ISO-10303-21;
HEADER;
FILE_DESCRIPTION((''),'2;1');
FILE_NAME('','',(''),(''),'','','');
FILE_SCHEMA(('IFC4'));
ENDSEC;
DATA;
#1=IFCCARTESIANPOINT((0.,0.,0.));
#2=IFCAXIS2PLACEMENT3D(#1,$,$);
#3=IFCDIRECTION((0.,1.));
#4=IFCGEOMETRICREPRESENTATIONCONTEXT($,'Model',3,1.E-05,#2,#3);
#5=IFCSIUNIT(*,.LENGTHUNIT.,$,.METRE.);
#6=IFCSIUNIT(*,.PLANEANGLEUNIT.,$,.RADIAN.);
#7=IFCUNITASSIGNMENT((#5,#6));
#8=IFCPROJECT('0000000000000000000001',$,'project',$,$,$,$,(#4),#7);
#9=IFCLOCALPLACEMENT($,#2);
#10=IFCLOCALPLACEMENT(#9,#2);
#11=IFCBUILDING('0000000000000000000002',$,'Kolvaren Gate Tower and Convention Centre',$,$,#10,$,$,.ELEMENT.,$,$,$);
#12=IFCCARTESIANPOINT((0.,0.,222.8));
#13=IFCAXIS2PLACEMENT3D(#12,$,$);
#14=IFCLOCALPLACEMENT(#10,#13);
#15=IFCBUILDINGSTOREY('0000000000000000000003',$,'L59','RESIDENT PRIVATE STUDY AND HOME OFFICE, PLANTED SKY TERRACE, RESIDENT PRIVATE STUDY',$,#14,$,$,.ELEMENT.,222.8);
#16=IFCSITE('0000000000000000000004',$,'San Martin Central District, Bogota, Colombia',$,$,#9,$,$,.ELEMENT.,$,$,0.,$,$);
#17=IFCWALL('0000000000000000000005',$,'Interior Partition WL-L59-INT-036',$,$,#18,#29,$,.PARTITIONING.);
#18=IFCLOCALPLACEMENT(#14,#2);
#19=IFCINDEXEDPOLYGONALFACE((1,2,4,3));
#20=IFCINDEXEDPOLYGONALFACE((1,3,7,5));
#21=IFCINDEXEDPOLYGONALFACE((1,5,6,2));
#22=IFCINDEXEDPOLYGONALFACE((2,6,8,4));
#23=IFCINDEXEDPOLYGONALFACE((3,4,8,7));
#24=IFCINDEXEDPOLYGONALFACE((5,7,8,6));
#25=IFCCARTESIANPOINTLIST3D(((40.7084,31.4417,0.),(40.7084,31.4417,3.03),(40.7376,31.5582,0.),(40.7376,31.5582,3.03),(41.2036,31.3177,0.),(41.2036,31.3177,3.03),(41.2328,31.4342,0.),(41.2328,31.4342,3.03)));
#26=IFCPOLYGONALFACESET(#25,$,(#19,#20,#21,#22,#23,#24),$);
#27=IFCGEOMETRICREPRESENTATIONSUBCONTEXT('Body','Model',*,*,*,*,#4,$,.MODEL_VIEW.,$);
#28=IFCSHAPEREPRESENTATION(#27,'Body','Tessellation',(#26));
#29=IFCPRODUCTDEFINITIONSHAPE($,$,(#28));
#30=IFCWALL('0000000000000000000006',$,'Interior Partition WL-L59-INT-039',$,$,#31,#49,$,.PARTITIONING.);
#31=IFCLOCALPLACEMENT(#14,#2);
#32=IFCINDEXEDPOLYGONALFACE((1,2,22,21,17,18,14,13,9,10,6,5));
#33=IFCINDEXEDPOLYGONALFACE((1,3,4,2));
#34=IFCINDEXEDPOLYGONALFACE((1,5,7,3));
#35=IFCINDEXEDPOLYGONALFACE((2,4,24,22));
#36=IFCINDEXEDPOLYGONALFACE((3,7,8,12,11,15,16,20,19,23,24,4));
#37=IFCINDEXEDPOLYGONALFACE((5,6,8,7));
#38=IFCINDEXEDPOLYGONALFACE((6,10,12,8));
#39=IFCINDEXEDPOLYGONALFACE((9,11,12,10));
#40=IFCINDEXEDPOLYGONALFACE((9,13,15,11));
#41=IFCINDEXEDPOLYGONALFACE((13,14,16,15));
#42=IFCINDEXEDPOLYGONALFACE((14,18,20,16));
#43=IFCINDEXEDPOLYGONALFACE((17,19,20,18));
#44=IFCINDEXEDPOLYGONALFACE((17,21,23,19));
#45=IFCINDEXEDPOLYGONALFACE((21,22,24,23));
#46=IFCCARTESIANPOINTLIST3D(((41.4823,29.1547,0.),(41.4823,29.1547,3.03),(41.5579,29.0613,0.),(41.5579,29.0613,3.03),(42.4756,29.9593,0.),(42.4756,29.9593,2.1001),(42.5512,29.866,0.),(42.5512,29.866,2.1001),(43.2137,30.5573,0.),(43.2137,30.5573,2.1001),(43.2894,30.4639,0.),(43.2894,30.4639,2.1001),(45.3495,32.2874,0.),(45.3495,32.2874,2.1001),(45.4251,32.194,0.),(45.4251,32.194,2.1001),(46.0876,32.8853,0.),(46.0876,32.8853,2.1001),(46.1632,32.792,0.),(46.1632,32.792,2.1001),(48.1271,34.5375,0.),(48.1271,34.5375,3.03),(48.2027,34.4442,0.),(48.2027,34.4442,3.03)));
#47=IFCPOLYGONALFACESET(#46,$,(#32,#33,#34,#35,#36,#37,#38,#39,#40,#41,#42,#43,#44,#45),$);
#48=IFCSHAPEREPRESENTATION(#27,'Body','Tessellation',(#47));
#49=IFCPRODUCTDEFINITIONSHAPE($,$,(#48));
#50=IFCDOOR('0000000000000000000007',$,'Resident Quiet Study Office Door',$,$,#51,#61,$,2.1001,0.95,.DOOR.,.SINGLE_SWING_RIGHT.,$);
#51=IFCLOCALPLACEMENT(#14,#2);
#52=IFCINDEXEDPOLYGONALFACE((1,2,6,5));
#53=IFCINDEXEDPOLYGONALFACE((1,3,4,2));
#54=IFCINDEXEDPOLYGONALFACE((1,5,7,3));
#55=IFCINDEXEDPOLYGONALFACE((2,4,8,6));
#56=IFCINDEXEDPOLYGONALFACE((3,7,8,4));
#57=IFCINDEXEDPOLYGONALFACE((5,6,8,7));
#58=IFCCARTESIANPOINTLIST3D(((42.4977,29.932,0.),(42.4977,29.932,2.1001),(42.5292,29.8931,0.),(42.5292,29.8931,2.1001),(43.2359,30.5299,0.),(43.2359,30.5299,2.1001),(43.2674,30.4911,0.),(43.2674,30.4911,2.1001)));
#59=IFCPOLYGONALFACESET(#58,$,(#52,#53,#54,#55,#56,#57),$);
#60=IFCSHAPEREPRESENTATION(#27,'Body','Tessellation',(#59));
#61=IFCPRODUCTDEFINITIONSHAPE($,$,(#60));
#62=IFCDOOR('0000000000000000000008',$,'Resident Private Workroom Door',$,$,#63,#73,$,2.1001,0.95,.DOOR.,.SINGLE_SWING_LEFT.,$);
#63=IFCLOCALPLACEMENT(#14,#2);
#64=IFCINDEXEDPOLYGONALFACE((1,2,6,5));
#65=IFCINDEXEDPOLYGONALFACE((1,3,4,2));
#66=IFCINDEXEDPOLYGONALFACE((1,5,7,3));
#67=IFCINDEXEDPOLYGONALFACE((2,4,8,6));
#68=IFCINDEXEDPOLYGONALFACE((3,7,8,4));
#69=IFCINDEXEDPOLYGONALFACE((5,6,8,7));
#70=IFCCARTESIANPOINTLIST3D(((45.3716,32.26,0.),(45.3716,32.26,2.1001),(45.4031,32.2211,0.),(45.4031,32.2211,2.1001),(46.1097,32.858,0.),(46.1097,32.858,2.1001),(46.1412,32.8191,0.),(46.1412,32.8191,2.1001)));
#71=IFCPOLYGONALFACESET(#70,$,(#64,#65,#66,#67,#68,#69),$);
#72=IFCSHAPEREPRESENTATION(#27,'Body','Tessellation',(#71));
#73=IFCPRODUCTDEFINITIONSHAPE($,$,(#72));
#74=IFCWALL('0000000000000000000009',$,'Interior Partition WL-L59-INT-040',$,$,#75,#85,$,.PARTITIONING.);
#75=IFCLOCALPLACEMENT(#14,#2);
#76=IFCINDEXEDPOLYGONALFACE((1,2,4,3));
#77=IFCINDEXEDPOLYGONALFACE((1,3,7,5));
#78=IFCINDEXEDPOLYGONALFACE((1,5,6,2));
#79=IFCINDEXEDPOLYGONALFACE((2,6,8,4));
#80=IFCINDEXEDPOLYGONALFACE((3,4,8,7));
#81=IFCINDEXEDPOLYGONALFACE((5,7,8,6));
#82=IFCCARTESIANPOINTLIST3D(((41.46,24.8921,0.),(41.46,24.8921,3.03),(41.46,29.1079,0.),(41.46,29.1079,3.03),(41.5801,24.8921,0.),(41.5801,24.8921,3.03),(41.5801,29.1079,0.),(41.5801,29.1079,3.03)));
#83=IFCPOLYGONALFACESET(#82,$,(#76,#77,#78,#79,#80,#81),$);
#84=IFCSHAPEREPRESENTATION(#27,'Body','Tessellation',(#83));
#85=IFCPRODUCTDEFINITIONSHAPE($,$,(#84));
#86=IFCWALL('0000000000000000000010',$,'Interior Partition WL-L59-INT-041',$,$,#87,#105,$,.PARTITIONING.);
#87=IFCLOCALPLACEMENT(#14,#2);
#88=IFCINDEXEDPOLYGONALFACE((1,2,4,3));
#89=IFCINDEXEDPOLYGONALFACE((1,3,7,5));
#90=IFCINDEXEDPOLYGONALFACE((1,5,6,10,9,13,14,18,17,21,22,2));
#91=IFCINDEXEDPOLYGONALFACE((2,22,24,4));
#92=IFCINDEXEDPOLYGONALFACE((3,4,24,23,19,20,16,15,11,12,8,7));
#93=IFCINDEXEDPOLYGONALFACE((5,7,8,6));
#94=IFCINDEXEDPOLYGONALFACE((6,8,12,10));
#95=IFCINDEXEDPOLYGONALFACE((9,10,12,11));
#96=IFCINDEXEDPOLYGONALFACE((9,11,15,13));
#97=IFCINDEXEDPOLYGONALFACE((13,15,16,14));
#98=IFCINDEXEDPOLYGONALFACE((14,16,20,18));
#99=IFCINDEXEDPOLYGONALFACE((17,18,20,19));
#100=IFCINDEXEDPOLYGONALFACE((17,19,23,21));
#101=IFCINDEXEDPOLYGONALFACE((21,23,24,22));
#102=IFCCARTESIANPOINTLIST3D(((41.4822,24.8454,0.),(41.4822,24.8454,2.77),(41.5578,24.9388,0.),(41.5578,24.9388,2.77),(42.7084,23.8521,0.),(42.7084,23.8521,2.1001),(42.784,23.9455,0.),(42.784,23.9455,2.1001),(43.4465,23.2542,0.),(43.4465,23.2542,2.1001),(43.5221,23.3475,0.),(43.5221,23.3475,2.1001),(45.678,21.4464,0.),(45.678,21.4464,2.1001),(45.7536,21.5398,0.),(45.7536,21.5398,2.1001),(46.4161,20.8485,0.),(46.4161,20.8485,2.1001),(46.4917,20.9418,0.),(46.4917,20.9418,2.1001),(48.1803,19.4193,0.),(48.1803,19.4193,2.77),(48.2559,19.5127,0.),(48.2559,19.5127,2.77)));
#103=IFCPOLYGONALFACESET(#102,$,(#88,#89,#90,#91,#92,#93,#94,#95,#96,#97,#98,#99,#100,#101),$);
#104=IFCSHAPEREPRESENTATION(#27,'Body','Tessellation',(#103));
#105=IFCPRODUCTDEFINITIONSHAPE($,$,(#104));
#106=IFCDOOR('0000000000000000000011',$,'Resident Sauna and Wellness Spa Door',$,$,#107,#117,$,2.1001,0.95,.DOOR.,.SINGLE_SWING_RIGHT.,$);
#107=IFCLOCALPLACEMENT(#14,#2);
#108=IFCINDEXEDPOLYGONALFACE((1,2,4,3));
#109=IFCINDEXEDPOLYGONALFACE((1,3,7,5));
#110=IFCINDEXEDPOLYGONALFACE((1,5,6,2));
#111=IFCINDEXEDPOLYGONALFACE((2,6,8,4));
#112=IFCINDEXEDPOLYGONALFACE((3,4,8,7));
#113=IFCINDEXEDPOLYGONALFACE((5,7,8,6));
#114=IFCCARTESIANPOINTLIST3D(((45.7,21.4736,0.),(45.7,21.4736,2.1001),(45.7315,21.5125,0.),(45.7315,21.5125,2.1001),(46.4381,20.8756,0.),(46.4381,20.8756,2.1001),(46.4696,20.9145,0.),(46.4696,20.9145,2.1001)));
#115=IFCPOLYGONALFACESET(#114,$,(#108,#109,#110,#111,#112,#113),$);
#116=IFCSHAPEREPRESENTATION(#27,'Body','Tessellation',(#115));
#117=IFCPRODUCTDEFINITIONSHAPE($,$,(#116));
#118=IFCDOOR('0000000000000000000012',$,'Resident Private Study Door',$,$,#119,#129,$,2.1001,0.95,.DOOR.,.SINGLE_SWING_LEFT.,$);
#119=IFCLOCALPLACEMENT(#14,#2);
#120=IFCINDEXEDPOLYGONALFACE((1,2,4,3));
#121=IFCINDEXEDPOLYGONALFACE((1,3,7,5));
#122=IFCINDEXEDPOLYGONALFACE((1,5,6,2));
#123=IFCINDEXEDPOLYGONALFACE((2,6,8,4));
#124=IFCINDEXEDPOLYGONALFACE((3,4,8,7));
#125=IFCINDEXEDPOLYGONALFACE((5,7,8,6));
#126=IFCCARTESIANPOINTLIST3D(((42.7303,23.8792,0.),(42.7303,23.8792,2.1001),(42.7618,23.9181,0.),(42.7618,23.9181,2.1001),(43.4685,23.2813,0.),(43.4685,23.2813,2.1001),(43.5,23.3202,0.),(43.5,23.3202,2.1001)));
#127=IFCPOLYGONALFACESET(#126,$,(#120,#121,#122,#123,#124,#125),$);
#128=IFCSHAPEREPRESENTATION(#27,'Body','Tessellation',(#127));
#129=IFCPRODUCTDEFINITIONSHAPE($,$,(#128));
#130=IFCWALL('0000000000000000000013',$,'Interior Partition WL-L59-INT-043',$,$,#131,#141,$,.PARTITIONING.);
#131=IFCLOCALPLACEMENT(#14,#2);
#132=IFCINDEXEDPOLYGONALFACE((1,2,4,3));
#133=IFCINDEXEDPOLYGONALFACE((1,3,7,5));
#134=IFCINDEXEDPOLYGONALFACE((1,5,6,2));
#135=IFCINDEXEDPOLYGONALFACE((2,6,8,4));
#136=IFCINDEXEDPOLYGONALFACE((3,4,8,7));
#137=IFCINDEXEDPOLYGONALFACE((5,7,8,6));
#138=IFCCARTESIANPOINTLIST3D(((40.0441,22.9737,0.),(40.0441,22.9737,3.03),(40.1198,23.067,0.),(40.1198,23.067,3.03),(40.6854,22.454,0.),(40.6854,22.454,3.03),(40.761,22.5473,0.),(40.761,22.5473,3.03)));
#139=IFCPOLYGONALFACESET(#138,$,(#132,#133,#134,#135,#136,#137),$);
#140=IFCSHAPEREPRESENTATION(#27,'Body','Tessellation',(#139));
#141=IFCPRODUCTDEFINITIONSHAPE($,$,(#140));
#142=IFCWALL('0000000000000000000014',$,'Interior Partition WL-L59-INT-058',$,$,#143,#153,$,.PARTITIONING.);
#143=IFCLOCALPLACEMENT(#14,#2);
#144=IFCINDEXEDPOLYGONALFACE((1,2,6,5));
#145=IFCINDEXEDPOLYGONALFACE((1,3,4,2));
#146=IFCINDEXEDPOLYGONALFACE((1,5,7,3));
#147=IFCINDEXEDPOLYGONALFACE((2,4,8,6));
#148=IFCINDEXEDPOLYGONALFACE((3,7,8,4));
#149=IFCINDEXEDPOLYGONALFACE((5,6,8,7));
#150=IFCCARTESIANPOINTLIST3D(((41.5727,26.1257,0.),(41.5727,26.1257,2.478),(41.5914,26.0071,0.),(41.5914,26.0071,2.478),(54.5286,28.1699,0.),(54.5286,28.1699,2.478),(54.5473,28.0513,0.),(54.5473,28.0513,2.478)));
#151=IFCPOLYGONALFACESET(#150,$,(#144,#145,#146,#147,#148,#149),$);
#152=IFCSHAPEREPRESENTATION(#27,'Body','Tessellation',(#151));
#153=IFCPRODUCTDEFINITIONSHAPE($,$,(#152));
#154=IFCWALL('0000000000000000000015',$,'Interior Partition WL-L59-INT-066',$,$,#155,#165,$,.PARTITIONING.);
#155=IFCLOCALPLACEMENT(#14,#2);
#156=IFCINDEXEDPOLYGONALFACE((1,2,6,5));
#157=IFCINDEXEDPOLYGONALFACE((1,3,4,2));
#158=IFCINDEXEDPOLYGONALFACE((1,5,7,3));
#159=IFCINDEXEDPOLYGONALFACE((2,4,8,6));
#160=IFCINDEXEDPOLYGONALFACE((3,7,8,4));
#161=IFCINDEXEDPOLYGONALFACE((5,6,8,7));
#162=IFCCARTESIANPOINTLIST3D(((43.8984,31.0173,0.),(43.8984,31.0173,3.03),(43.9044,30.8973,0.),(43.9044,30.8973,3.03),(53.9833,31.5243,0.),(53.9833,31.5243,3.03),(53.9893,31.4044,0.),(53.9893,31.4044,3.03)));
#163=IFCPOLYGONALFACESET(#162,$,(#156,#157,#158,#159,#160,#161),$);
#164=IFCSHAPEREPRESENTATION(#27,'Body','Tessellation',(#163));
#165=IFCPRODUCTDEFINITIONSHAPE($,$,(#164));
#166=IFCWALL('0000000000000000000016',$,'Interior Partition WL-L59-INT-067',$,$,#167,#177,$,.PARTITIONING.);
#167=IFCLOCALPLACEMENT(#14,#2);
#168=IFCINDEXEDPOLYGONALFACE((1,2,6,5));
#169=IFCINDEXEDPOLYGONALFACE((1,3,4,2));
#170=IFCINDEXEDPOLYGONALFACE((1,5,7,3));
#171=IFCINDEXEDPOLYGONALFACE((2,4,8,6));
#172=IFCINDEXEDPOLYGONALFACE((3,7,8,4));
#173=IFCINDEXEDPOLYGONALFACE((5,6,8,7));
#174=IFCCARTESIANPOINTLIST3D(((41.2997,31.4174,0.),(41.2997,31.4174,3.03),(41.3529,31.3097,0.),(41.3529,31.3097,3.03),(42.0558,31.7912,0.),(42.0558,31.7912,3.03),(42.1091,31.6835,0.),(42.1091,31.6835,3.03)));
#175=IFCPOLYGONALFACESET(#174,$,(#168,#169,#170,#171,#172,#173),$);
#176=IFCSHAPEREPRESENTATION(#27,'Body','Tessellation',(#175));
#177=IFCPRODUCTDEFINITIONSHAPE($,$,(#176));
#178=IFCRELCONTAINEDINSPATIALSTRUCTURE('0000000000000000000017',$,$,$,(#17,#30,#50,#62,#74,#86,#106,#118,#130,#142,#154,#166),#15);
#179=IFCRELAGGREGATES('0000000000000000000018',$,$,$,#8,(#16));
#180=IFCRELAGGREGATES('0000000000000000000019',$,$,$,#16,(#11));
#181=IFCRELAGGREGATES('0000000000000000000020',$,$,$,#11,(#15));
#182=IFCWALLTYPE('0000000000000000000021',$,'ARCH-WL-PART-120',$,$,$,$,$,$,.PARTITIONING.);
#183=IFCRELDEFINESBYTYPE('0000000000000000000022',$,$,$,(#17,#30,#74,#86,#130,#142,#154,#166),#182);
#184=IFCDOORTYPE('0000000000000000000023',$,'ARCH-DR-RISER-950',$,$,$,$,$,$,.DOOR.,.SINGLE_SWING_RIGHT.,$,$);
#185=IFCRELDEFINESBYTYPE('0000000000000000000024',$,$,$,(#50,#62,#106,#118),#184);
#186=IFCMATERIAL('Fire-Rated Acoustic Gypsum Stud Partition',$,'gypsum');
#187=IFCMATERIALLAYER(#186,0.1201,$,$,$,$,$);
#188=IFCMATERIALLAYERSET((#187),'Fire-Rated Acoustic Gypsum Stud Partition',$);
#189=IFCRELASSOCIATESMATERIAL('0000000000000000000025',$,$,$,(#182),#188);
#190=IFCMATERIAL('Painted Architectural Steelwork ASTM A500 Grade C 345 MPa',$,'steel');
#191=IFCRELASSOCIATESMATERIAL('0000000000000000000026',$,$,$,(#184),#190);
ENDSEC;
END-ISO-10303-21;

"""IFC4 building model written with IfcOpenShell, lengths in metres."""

from ifc_helpers import new_model, si_unit, direction, frame, frame_2d, origin, place, context, subcontext, project, spatial, rectangle, extrude, material, layer, layer_set, type_object, element, fill, save


model = new_model("IFC4")

# Units and contexts
model_context = context("Model", 3, precision=1e-05, world=origin(), true_north=direction((0.0, 1.0)))
body_context = subcontext(model_context, "Body", "Model", "MODEL_VIEW")
ifc_project = project(units=[si_unit("LENGTHUNIT", "METRE"), si_unit("PLANEANGLEUNIT", "RADIAN")], contexts=[model_context])

# Site, building, storey
site_placement = place(None, origin())
site = spatial("IfcSite", under=ifc_project, at=site_placement, Name="San Martin Central District, Bogota, Colombia", CompositionType="ELEMENT", RefElevation=0.0)
building_placement = place(site_placement, origin())
building = spatial("IfcBuilding", under=site, at=building_placement, Name="Kolvaren Gate Tower and Convention Centre", CompositionType="ELEMENT")
storey_placement = place(building_placement, frame((0.0, 0.0, 222.8)))
storey = spatial("IfcBuildingStorey", under=building, at=storey_placement, Name="L59", Description="RESIDENT PRIVATE STUDY AND HOME OFFICE, PLANTED SKY TERRACE, RESIDENT PRIVATE STUDY", CompositionType="ELEMENT", Elevation=222.8)

# Wall
ifc_material_1 = material(Name="Fire-Rated Acoustic Gypsum Stud Partition", Category="gypsum")
ifc_layer = layer(ifc_material_1, 0.1201)
ifc_layer_set = layer_set([ifc_layer], Name="Fire-Rated Acoustic Gypsum Stud Partition")
wall_type = type_object("IfcWallType", Name="ARCH-WL-PART-120", PredefinedType="PARTITIONING", material=ifc_layer_set)
wall_1_placement = place(storey_placement, frame((40.7229, 31.5, 0.0), z_axis=(0.0, 0.0, 1.0), x_axis=(0.97003, -0.242986, 0.0)))
element("IfcWall", 1, at=wall_1_placement, inside=storey, type_object=wall_type, Name="Interior Partition WL-L59-INT-036", PredefinedType="PARTITIONING", context=body_context, shape_type="SweptSolid", body=[
    extrude(rectangle(XDim=0.5105, YDim=0.1201, at=frame_2d((0.2554, 0.0))), origin(), (0.0, 0.0, 1.0), 3.03),
])

# Wall, openings, doors
wall_2_placement = place(storey_placement, frame((41.52, 29.1079, 0.0), z_axis=(0.0, 0.0, 1.0), x_axis=(0.777033, 0.62946, 0.0)))
wall_2 = element("IfcWall", 2, at=wall_2_placement, inside=storey, type_object=wall_type, Name="Interior Partition WL-L59-INT-039", PredefinedType="PARTITIONING", context=body_context, shape_type="SweptSolid", body=[
    extrude(rectangle(XDim=8.5515, YDim=0.1201, at=frame_2d((4.2759, 0.0))), origin(), (0.0, 0.0, 1.0), 3.03),
])
opening_1_placement = place(wall_2_placement, frame((1.2783, 0.0, 0.0)))
opening_1 = element("IfcOpeningElement", 3, at=opening_1_placement, cuts=wall_2, PredefinedType="OPENING", context=body_context, shape_type="SweptSolid", body=[
    extrude(rectangle(XDim=0.95, YDim=2.1001, at=frame_2d((0.4751, 1.05))), frame((0.0, 0.0701, 0.0), z_axis=(0.0, -1.0, 0.0), x_axis=(1.0, 0.0, 0.0)), (0.0, 0.0, 1.0), 0.1401),
])
opening_2_placement = place(wall_2_placement, frame((4.9768, 0.0, 0.0)))
opening_2 = element("IfcOpeningElement", 4, at=opening_2_placement, cuts=wall_2, PredefinedType="OPENING", context=body_context, shape_type="SweptSolid", body=[
    extrude(rectangle(XDim=0.95, YDim=2.1001, at=frame_2d((0.4751, 1.05))), frame((0.0, 0.0701, 0.0), z_axis=(0.0, -1.0, 0.0), x_axis=(1.0, 0.0, 0.0)), (0.0, 0.0, 1.0), 0.1401),
])
ifc_material_2 = material(Name="Painted Architectural Steelwork ASTM A500 Grade C 345 MPa", Category="steel")
door_type = type_object("IfcDoorType", Name="ARCH-DR-RISER-950", OperationType="SINGLE_SWING_RIGHT", PredefinedType="DOOR", material=ifc_material_2)
door_1_placement = place(opening_1_placement, origin())
door_1 = element("IfcDoor", 5, at=door_1_placement, inside=storey, type_object=door_type, Name="Resident Quiet Study Office Door", OperationType="SINGLE_SWING_RIGHT", OverallHeight=2.1001, OverallWidth=0.95, PredefinedType="DOOR", context=body_context, shape_type="SweptSolid", body=[
    extrude(rectangle(XDim=0.95, YDim=2.1001, at=frame_2d((0.4751, 1.05))), frame((0.0, 0.0249, 0.0), z_axis=(0.0, -1.0, 0.0), x_axis=(1.0, 0.0, 0.0)), (0.0, 0.0, 1.0), 0.05),
])
fill(opening_1, door_1)
door_2_placement = place(opening_2_placement, origin())
door_2 = element("IfcDoor", 6, at=door_2_placement, inside=storey, type_object=door_type, Name="Resident Private Workroom Door", OperationType="SINGLE_SWING_LEFT", OverallHeight=2.1001, OverallWidth=0.95, PredefinedType="DOOR", context=body_context, shape_type="SweptSolid", body=[
    extrude(rectangle(XDim=0.95, YDim=2.1001, at=frame_2d((0.4751, 1.05))), frame((0.0, 0.0249, 0.0), z_axis=(0.0, -1.0, 0.0), x_axis=(1.0, 0.0, 0.0)), (0.0, 0.0, 1.0), 0.05),
])
fill(opening_2, door_2)

# Wall
wall_3_placement = place(storey_placement, frame((41.52, 24.8921, 0.0), z_axis=(0.0, 0.0, 1.0), x_axis=(0.0, 1.0, 0.0)))
element("IfcWall", 7, at=wall_3_placement, inside=storey, type_object=wall_type, Name="Interior Partition WL-L59-INT-040", PredefinedType="PARTITIONING", context=body_context, shape_type="SweptSolid", body=[
    extrude(rectangle(XDim=4.2158, YDim=0.1201, at=frame_2d((2.1079, 0.0))), origin(), (0.0, 0.0, 1.0), 3.03),
])

# Wall, openings, doors
wall_4_placement = place(storey_placement, frame((41.52, 24.8921, 0.0), z_axis=(0.0, 0.0, 1.0), x_axis=(0.777027, -0.629467, 0.0)))
wall_4 = element("IfcWall", 8, at=wall_4_placement, inside=storey, type_object=wall_type, Name="Interior Partition WL-L59-INT-041", PredefinedType="PARTITIONING", context=body_context, shape_type="SweptSolid", body=[
    extrude(rectangle(XDim=8.6201, YDim=0.1201, at=frame_2d((4.3101, 0.0))), origin(), (0.0, 0.0, 1.0), 2.77),
])
opening_3_placement = place(wall_4_placement, frame((5.3997, 0.0, 0.0)))
opening_3 = element("IfcOpeningElement", 9, at=opening_3_placement, cuts=wall_4, PredefinedType="OPENING", context=body_context, shape_type="SweptSolid", body=[
    extrude(rectangle(XDim=0.95, YDim=2.1001, at=frame_2d((0.4751, 1.05))), frame((0.0, 0.0701, 0.0), z_axis=(0.0, -1.0, 0.0), x_axis=(1.0, 0.0, 0.0)), (0.0, 0.0, 1.0), 0.1401),
])
opening_4_placement = place(wall_4_placement, frame((1.5779, 0.0, 0.0)))
opening_4 = element("IfcOpeningElement", 10, at=opening_4_placement, cuts=wall_4, PredefinedType="OPENING", context=body_context, shape_type="SweptSolid", body=[
    extrude(rectangle(XDim=0.95, YDim=2.1001, at=frame_2d((0.4751, 1.05))), frame((0.0, 0.0701, 0.0), z_axis=(0.0, -1.0, 0.0), x_axis=(1.0, 0.0, 0.0)), (0.0, 0.0, 1.0), 0.1401),
])
door_3_placement = place(opening_3_placement, origin())
door_3 = element("IfcDoor", 11, at=door_3_placement, inside=storey, type_object=door_type, Name="Resident Sauna and Wellness Spa Door", OperationType="SINGLE_SWING_RIGHT", OverallHeight=2.1001, OverallWidth=0.95, PredefinedType="DOOR", context=body_context, shape_type="SweptSolid", body=[
    extrude(rectangle(XDim=0.95, YDim=2.1001, at=frame_2d((0.4751, 1.05))), frame((0.0, 0.0249, 0.0), z_axis=(0.0, -1.0, 0.0), x_axis=(1.0, 0.0, 0.0)), (0.0, 0.0, 1.0), 0.05),
])
fill(opening_3, door_3)
door_4_placement = place(opening_4_placement, origin())
door_4 = element("IfcDoor", 12, at=door_4_placement, inside=storey, type_object=door_type, Name="Resident Private Study Door", OperationType="SINGLE_SWING_LEFT", OverallHeight=2.1001, OverallWidth=0.95, PredefinedType="DOOR", context=body_context, shape_type="SweptSolid", body=[
    extrude(rectangle(XDim=0.95, YDim=2.1001, at=frame_2d((0.4751, 1.05))), frame((0.0, 0.0249, 0.0), z_axis=(0.0, -1.0, 0.0), x_axis=(1.0, 0.0, 0.0)), (0.0, 0.0, 1.0), 0.05),
])
fill(opening_4, door_4)

# Walls
wall_5_placement = place(storey_placement, frame((40.082, 23.0203, 0.0), z_axis=(0.0, 0.0, 1.0), x_axis=(0.7769, -0.629624, 0.0)))
element("IfcWall", 13, at=wall_5_placement, inside=storey, type_object=wall_type, Name="Interior Partition WL-L59-INT-043", PredefinedType="PARTITIONING", context=body_context, shape_type="SweptSolid", body=[
    extrude(rectangle(XDim=0.8254, YDim=0.1201, at=frame_2d((0.4126, 0.0))), origin(), (0.0, 0.0, 1.0), 3.03),
])
wall_6_placement = place(storey_placement, frame((41.582, 26.0664, 0.0), z_axis=(0.0, 0.0, 1.0), x_axis=(0.987781, 0.155851, 0.0)))
element("IfcWall", 14, at=wall_6_placement, inside=storey, type_object=wall_type, Name="Interior Partition WL-L59-INT-058", PredefinedType="PARTITIONING", context=body_context, shape_type="SweptSolid", body=[
    extrude(rectangle(XDim=13.1162, YDim=0.1201, at=frame_2d((6.5581, 0.0))), origin(), (0.0, 0.0, 1.0), 2.478),
])
wall_7_placement = place(storey_placement, frame((43.9014, 30.9573, 0.0), z_axis=(0.0, 0.0, 1.0), x_axis=(0.998738, 0.050217, 0.0)))
element("IfcWall", 15, at=wall_7_placement, inside=storey, type_object=wall_type, Name="Interior Partition WL-L59-INT-066", PredefinedType="PARTITIONING", context=body_context, shape_type="SweptSolid", body=[
    extrude(rectangle(XDim=10.0977, YDim=0.1201, at=frame_2d((5.0488, 0.0))), origin(), (0.0, 0.0, 1.0), 3.03),
])
wall_8_placement = place(storey_placement, frame((41.3262, 31.3635, 0.0), z_axis=(0.0, 0.0, 1.0), x_axis=(0.896444, 0.443157, 0.0)))
element("IfcWall", 16, at=wall_8_placement, inside=storey, type_object=wall_type, Name="Interior Partition WL-L59-INT-067", PredefinedType="PARTITIONING", context=body_context, shape_type="SweptSolid", body=[
    extrude(rectangle(XDim=0.8435, YDim=0.1201, at=frame_2d((0.4219, 0.0))), origin(), (0.0, 0.0, 1.0), 3.03),
])

save(model, "model.ifc")
